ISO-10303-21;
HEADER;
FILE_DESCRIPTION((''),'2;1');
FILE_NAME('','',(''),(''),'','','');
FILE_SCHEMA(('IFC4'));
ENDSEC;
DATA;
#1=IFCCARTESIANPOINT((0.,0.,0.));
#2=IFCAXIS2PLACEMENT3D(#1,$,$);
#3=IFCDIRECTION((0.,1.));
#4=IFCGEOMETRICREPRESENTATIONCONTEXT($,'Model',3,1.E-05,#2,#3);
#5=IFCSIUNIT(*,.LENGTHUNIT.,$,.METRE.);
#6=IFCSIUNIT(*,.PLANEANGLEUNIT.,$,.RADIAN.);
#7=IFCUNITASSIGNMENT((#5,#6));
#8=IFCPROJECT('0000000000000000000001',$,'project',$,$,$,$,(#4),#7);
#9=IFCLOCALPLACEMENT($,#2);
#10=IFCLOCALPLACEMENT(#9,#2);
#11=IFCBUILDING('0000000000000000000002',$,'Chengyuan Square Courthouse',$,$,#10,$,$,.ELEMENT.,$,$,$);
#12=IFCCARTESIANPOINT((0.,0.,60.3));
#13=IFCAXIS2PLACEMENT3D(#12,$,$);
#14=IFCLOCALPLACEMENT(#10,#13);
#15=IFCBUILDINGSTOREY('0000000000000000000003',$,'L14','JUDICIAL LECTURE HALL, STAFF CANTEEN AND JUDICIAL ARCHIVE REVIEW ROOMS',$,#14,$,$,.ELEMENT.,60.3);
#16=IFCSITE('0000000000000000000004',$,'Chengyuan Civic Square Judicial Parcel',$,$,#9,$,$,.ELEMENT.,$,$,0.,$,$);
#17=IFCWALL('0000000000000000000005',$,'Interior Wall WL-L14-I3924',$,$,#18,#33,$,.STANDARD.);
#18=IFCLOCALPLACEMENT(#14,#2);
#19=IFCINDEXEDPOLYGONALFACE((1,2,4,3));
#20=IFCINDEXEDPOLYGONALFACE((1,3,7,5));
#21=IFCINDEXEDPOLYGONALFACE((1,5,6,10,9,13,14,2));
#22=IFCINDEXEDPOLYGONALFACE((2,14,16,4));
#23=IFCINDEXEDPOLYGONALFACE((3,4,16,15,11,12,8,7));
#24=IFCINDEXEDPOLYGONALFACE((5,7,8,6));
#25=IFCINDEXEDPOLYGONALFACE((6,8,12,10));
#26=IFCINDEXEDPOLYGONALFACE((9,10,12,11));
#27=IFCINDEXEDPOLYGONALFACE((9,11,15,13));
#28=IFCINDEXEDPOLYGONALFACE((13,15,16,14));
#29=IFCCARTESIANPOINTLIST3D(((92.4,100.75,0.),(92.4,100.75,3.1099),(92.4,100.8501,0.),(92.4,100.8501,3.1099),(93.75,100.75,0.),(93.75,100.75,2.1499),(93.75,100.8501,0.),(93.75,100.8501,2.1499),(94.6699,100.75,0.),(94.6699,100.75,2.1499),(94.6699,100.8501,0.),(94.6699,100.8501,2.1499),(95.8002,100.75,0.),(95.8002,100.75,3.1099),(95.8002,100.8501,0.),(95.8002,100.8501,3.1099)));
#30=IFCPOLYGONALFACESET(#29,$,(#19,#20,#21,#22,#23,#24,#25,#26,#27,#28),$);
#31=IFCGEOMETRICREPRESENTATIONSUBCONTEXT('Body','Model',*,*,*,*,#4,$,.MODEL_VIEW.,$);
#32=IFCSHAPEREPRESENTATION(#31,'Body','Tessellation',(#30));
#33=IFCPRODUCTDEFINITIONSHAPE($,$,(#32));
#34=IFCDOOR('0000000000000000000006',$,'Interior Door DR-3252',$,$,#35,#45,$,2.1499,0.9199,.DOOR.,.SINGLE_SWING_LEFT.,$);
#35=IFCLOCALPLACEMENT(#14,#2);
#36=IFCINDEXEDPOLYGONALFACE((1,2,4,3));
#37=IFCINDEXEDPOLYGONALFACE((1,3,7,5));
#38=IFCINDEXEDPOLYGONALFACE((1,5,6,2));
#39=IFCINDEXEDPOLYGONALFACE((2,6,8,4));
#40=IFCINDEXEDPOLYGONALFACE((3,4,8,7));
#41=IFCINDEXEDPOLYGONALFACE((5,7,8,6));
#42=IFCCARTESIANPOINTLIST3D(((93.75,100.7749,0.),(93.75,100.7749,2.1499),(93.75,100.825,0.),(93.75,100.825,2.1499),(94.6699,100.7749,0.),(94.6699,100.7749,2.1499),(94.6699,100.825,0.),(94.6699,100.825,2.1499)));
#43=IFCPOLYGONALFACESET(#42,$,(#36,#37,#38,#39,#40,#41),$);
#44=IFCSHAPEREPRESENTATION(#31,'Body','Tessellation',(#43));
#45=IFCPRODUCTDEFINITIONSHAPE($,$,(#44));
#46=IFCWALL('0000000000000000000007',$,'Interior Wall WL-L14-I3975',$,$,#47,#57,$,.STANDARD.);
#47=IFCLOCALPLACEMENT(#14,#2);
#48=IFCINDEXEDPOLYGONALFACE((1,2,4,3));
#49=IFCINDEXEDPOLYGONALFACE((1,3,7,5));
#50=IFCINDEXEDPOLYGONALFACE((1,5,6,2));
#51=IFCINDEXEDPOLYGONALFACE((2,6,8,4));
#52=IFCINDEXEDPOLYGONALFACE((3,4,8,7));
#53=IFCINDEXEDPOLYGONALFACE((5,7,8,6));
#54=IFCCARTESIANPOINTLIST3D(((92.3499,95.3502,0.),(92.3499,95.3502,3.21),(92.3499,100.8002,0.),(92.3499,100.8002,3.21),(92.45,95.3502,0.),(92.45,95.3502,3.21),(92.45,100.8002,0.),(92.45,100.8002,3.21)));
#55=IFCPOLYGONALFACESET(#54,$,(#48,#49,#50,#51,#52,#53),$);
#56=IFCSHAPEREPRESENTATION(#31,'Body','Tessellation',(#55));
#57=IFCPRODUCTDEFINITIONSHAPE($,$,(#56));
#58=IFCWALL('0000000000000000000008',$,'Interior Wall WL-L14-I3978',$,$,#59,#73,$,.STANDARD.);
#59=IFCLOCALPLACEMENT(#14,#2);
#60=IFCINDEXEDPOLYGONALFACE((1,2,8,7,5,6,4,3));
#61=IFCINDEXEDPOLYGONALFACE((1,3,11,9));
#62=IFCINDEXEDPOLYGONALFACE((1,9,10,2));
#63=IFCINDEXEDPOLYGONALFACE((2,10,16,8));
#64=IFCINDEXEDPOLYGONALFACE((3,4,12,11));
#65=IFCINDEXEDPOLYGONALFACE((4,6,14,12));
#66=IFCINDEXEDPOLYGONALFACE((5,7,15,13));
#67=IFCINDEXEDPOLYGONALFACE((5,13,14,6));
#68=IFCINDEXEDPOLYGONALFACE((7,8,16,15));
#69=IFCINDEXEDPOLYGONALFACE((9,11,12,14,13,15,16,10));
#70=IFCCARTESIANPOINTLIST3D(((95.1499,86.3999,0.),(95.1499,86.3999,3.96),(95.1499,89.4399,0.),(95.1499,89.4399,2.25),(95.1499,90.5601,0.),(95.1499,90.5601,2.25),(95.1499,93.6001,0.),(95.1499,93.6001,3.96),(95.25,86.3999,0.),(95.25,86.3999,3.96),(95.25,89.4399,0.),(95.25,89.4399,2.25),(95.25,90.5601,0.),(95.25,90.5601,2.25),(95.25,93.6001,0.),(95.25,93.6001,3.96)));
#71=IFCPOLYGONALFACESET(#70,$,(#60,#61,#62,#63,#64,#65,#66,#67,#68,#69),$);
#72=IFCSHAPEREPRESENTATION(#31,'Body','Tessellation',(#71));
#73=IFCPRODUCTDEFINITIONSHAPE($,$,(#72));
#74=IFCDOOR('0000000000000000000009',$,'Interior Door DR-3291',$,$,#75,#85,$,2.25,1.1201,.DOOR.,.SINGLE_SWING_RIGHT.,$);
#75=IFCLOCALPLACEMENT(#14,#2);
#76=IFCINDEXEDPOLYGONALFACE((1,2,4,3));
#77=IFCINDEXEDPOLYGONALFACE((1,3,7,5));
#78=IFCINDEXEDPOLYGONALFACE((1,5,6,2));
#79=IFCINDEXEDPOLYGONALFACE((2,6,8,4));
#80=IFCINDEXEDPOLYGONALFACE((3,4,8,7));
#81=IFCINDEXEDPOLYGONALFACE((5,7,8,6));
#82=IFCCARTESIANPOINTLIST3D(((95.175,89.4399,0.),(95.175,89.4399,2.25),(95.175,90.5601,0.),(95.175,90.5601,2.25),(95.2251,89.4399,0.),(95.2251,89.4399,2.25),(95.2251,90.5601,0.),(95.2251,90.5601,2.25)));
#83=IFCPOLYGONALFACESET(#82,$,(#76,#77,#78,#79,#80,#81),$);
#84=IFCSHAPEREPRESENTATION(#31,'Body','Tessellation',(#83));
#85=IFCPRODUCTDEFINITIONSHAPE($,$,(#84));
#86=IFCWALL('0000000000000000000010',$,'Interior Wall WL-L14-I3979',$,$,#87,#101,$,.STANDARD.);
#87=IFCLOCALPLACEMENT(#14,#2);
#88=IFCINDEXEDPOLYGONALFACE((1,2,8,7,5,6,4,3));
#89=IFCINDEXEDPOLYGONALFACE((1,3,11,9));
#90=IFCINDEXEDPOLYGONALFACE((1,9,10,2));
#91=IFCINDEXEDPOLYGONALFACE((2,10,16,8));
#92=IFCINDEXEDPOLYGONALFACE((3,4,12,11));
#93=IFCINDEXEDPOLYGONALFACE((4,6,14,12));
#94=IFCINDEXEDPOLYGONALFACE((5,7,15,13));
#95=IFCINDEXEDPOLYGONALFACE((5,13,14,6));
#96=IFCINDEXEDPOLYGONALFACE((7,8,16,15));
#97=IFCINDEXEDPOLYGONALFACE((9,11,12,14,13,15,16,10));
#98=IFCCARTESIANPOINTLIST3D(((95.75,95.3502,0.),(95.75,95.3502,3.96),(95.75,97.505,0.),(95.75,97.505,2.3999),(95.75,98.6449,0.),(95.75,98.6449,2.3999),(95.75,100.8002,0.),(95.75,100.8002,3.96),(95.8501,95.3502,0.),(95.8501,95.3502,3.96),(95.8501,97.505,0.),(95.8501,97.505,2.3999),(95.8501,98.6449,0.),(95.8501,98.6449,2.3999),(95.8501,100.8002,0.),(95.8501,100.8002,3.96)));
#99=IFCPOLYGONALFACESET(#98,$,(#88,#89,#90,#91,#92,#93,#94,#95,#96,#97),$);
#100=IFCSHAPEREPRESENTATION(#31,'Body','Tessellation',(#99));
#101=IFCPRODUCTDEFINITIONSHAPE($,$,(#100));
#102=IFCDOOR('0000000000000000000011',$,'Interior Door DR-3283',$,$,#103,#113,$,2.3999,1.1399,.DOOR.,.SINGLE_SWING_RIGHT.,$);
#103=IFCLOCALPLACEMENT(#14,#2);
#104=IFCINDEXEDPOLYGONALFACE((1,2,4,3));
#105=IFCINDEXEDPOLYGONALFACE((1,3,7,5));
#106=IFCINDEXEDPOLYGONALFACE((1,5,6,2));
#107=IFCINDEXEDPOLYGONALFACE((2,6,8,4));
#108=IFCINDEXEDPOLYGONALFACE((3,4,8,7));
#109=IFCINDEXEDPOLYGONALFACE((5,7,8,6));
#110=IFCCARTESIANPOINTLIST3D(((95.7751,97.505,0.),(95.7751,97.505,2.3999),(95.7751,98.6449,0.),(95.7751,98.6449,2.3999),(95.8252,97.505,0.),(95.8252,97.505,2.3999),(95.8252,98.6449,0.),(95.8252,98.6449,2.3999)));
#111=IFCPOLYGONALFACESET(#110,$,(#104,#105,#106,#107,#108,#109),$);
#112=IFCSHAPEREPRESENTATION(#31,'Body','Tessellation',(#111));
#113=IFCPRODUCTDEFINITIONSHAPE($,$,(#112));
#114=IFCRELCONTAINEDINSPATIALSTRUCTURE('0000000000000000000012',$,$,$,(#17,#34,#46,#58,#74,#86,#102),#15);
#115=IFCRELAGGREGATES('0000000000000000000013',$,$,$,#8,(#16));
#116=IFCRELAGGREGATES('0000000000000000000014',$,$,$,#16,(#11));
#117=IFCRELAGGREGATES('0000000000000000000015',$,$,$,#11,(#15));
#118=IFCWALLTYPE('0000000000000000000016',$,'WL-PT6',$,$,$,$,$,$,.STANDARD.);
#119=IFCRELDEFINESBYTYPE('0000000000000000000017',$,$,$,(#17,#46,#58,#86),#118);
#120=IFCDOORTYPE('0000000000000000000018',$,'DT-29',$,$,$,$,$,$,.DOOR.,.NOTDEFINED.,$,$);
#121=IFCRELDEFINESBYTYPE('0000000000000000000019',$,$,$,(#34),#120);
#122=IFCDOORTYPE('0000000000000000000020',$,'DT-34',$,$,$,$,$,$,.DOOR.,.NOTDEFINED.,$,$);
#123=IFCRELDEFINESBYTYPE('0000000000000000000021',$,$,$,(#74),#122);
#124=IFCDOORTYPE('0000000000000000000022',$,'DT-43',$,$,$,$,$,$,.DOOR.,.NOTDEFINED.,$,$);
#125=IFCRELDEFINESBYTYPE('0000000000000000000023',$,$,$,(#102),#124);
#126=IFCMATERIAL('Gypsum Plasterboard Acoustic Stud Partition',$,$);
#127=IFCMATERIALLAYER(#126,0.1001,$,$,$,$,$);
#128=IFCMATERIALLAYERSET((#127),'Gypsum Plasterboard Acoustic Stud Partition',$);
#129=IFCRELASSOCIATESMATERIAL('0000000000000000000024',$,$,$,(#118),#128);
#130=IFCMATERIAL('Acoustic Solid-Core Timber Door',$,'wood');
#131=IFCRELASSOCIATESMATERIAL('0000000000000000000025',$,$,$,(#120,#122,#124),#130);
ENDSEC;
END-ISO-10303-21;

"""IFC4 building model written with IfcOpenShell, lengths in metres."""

from ifc_helpers import new_model, si_unit, direction, frame, frame_2d, origin, place, context, subcontext, project, spatial, rectangle, extrude, material, layer, layer_set, type_object, element, fill, save


model = new_model("IFC4")

# Units and contexts
model_context = context("Model", 3, precision=1e-05, world=origin(), true_north=direction((0.0, 1.0)))
body_context = subcontext(model_context, "Body", "Model", "MODEL_VIEW")
ifc_project = project(units=[si_unit("LENGTHUNIT", "METRE"), si_unit("PLANEANGLEUNIT", "RADIAN")], contexts=[model_context])

# Site, building, storey
site_placement = place(None, origin())
site = spatial("IfcSite", under=ifc_project, at=site_placement, Name="Chengyuan Civic Square Judicial Parcel", CompositionType="ELEMENT", RefElevation=0.0)
building_placement = place(site_placement, origin())
building = spatial("IfcBuilding", under=site, at=building_placement, Name="Chengyuan Square Courthouse", CompositionType="ELEMENT")
storey_placement = place(building_placement, frame((0.0, 0.0, 60.3)))
storey = spatial("IfcBuildingStorey", under=building, at=storey_placement, Name="L14", Description="JUDICIAL LECTURE HALL, STAFF CANTEEN AND JUDICIAL ARCHIVE REVIEW ROOMS", CompositionType="ELEMENT", Elevation=60.3)

# Shared definitions
ifc_material_1 = material(Name="Gypsum Plasterboard Acoustic Stud Partition")
ifc_layer_1 = layer(ifc_material_1, 0.1001)
ifc_layer_set_1 = layer_set([ifc_layer_1], Name="Gypsum Plasterboard Acoustic Stud Partition")
wall_type_1 = type_object("IfcWallType", Name="WL-PT6", PredefinedType="STANDARD", material=ifc_layer_set_1)
ifc_material_2 = material(Name="Acoustic Solid-Core Timber Door", Category="wood")

# Wall, opening, door
wall_1_placement = place(storey_placement, frame((92.3999, 100.8, 0.0), z_axis=(0.0, 0.0, 1.0), x_axis=(1.0, 0.0, 0.0)))
wall_1 = element("IfcWall", 1, at=wall_1_placement, inside=storey, type_object=wall_type_1, Name="Interior Wall WL-L14-I3924", PredefinedType="STANDARD", context=body_context, shape_type="SweptSolid", body=[
    extrude(rectangle(XDim=3.4001, YDim=0.1001, at=frame_2d((1.7002, 0.0))), origin(), (0.0, 0.0, 1.0), 3.1099),
])
opening_1_placement = place(wall_1_placement, frame((1.3501, 0.0, 0.0)))
opening_1 = element("IfcOpeningElement", 2, at=opening_1_placement, cuts=wall_1, PredefinedType="OPENING", context=body_context, shape_type="SweptSolid", body=[
    extrude(rectangle(XDim=0.9199, YDim=2.1499, at=frame_2d((0.46, 1.075))), frame((0.0, 0.062, 0.0), z_axis=(0.0, -1.0, 0.0), x_axis=(1.0, 0.0, 0.0)), (0.0, 0.0, 1.0), 0.124),
])
door_type_1 = type_object("IfcDoorType", Name="DT-29", OperationType="NOTDEFINED", PredefinedType="DOOR", material=ifc_material_2)
door_1_placement = place(opening_1_placement, origin())
door_1 = element("IfcDoor", 3, at=door_1_placement, inside=storey, type_object=door_type_1, Name="Interior Door DR-3252", OperationType="SINGLE_SWING_LEFT", OverallHeight=2.1499, OverallWidth=0.9199, PredefinedType="DOOR", context=body_context, shape_type="SweptSolid", body=[
    extrude(rectangle(XDim=0.9199, YDim=2.1499, at=frame_2d((0.46, 1.075))), frame((0.0, 0.0249, 0.0), z_axis=(0.0, -1.0, 0.0), x_axis=(1.0, 0.0, 0.0)), (0.0, 0.0, 1.0), 0.05),
])
fill(opening_1, door_1)

# Wall
wall_2_placement = place(storey_placement, frame((92.3999, 95.3501, 0.0), z_axis=(0.0, 0.0, 1.0), x_axis=(0.0, 1.0, 0.0)))
element("IfcWall", 4, at=wall_2_placement, inside=storey, type_object=wall_type_1, Name="Interior Wall WL-L14-I3975", PredefinedType="STANDARD", context=body_context, shape_type="SweptSolid", body=[
    extrude(rectangle(XDim=5.45, YDim=0.1001, at=frame_2d((2.7251, 0.0))), origin(), (0.0, 0.0, 1.0), 3.21),
])

# Walls, openings, doors
wall_3_placement = place(storey_placement, frame((95.2, 86.3999, 0.0), z_axis=(0.0, 0.0, 1.0), x_axis=(0.0, 1.0, 0.0)))
wall_3 = element("IfcWall", 5, at=wall_3_placement, inside=storey, type_object=wall_type_1, Name="Interior Wall WL-L14-I3978", PredefinedType="STANDARD", context=body_context, shape_type="SweptSolid", body=[
    extrude(rectangle(XDim=7.2002, YDim=0.1001, at=frame_2d((3.6001, 0.0))), origin(), (0.0, 0.0, 1.0), 3.96),
])
opening_2_placement = place(wall_3_placement, frame((3.04, 0.0, 0.0)))
opening_2 = element("IfcOpeningElement", 6, at=opening_2_placement, cuts=wall_3, PredefinedType="OPENING", context=body_context, shape_type="SweptSolid", body=[
    extrude(rectangle(XDim=1.1201, YDim=2.25, at=frame_2d((0.5601, 1.125))), frame((0.0, 0.062, 0.0), z_axis=(0.0, -1.0, 0.0), x_axis=(1.0, 0.0, 0.0)), (0.0, 0.0, 1.0), 0.124),
])
door_type_2 = type_object("IfcDoorType", Name="DT-34", OperationType="NOTDEFINED", PredefinedType="DOOR", material=ifc_material_2)
door_2_placement = place(opening_2_placement, origin())
door_2 = element("IfcDoor", 7, at=door_2_placement, inside=storey, type_object=door_type_2, Name="Interior Door DR-3291", OperationType="SINGLE_SWING_RIGHT", OverallHeight=2.25, OverallWidth=1.1201, PredefinedType="DOOR", context=body_context, shape_type="SweptSolid", body=[
    extrude(rectangle(XDim=1.1201, YDim=2.25, at=frame_2d((0.5601, 1.125))), frame((0.0, 0.0249, 0.0), z_axis=(0.0, -1.0, 0.0), x_axis=(1.0, 0.0, 0.0)), (0.0, 0.0, 1.0), 0.05),
])
fill(opening_2, door_2)
wall_4_placement = place(storey_placement, frame((95.8, 95.3501, 0.0), z_axis=(0.0, 0.0, 1.0), x_axis=(0.0, 1.0, 0.0)))
wall_4 = element("IfcWall", 8, at=wall_4_placement, inside=storey, type_object=wall_type_1, Name="Interior Wall WL-L14-I3979", PredefinedType="STANDARD", context=body_context, shape_type="SweptSolid", body=[
    extrude(rectangle(XDim=5.45, YDim=0.1001, at=frame_2d((2.7251, 0.0))), origin(), (0.0, 0.0, 1.0), 3.96),
])
opening_3_placement = place(wall_4_placement, frame((2.155, 0.0, 0.0)))
opening_3 = element("IfcOpeningElement", 9, at=opening_3_placement, cuts=wall_4, PredefinedType="OPENING", context=body_context, shape_type="SweptSolid", body=[
    extrude(rectangle(XDim=1.1399, YDim=2.3999, at=frame_2d((0.5698, 1.2))), frame((0.0, 0.062, 0.0), z_axis=(0.0, -1.0, 0.0), x_axis=(1.0, 0.0, 0.0)), (0.0, 0.0, 1.0), 0.124),
])
door_type_3 = type_object("IfcDoorType", Name="DT-43", OperationType="NOTDEFINED", PredefinedType="DOOR", material=ifc_material_2)
door_3_placement = place(opening_3_placement, origin())
door_3 = element("IfcDoor", 10, at=door_3_placement, inside=storey, type_object=door_type_3, Name="Interior Door DR-3283", OperationType="SINGLE_SWING_RIGHT", OverallHeight=2.3999, OverallWidth=1.1399, PredefinedType="DOOR", context=body_context, shape_type="SweptSolid", body=[
    extrude(rectangle(XDim=1.1399, YDim=2.3999, at=frame_2d((0.5698, 1.2))), frame((0.0, 0.0249, 0.0), z_axis=(0.0, -1.0, 0.0), x_axis=(1.0, 0.0, 0.0)), (0.0, 0.0, 1.0), 0.05),
])
fill(opening_3, door_3)

save(model, "model.ifc")
